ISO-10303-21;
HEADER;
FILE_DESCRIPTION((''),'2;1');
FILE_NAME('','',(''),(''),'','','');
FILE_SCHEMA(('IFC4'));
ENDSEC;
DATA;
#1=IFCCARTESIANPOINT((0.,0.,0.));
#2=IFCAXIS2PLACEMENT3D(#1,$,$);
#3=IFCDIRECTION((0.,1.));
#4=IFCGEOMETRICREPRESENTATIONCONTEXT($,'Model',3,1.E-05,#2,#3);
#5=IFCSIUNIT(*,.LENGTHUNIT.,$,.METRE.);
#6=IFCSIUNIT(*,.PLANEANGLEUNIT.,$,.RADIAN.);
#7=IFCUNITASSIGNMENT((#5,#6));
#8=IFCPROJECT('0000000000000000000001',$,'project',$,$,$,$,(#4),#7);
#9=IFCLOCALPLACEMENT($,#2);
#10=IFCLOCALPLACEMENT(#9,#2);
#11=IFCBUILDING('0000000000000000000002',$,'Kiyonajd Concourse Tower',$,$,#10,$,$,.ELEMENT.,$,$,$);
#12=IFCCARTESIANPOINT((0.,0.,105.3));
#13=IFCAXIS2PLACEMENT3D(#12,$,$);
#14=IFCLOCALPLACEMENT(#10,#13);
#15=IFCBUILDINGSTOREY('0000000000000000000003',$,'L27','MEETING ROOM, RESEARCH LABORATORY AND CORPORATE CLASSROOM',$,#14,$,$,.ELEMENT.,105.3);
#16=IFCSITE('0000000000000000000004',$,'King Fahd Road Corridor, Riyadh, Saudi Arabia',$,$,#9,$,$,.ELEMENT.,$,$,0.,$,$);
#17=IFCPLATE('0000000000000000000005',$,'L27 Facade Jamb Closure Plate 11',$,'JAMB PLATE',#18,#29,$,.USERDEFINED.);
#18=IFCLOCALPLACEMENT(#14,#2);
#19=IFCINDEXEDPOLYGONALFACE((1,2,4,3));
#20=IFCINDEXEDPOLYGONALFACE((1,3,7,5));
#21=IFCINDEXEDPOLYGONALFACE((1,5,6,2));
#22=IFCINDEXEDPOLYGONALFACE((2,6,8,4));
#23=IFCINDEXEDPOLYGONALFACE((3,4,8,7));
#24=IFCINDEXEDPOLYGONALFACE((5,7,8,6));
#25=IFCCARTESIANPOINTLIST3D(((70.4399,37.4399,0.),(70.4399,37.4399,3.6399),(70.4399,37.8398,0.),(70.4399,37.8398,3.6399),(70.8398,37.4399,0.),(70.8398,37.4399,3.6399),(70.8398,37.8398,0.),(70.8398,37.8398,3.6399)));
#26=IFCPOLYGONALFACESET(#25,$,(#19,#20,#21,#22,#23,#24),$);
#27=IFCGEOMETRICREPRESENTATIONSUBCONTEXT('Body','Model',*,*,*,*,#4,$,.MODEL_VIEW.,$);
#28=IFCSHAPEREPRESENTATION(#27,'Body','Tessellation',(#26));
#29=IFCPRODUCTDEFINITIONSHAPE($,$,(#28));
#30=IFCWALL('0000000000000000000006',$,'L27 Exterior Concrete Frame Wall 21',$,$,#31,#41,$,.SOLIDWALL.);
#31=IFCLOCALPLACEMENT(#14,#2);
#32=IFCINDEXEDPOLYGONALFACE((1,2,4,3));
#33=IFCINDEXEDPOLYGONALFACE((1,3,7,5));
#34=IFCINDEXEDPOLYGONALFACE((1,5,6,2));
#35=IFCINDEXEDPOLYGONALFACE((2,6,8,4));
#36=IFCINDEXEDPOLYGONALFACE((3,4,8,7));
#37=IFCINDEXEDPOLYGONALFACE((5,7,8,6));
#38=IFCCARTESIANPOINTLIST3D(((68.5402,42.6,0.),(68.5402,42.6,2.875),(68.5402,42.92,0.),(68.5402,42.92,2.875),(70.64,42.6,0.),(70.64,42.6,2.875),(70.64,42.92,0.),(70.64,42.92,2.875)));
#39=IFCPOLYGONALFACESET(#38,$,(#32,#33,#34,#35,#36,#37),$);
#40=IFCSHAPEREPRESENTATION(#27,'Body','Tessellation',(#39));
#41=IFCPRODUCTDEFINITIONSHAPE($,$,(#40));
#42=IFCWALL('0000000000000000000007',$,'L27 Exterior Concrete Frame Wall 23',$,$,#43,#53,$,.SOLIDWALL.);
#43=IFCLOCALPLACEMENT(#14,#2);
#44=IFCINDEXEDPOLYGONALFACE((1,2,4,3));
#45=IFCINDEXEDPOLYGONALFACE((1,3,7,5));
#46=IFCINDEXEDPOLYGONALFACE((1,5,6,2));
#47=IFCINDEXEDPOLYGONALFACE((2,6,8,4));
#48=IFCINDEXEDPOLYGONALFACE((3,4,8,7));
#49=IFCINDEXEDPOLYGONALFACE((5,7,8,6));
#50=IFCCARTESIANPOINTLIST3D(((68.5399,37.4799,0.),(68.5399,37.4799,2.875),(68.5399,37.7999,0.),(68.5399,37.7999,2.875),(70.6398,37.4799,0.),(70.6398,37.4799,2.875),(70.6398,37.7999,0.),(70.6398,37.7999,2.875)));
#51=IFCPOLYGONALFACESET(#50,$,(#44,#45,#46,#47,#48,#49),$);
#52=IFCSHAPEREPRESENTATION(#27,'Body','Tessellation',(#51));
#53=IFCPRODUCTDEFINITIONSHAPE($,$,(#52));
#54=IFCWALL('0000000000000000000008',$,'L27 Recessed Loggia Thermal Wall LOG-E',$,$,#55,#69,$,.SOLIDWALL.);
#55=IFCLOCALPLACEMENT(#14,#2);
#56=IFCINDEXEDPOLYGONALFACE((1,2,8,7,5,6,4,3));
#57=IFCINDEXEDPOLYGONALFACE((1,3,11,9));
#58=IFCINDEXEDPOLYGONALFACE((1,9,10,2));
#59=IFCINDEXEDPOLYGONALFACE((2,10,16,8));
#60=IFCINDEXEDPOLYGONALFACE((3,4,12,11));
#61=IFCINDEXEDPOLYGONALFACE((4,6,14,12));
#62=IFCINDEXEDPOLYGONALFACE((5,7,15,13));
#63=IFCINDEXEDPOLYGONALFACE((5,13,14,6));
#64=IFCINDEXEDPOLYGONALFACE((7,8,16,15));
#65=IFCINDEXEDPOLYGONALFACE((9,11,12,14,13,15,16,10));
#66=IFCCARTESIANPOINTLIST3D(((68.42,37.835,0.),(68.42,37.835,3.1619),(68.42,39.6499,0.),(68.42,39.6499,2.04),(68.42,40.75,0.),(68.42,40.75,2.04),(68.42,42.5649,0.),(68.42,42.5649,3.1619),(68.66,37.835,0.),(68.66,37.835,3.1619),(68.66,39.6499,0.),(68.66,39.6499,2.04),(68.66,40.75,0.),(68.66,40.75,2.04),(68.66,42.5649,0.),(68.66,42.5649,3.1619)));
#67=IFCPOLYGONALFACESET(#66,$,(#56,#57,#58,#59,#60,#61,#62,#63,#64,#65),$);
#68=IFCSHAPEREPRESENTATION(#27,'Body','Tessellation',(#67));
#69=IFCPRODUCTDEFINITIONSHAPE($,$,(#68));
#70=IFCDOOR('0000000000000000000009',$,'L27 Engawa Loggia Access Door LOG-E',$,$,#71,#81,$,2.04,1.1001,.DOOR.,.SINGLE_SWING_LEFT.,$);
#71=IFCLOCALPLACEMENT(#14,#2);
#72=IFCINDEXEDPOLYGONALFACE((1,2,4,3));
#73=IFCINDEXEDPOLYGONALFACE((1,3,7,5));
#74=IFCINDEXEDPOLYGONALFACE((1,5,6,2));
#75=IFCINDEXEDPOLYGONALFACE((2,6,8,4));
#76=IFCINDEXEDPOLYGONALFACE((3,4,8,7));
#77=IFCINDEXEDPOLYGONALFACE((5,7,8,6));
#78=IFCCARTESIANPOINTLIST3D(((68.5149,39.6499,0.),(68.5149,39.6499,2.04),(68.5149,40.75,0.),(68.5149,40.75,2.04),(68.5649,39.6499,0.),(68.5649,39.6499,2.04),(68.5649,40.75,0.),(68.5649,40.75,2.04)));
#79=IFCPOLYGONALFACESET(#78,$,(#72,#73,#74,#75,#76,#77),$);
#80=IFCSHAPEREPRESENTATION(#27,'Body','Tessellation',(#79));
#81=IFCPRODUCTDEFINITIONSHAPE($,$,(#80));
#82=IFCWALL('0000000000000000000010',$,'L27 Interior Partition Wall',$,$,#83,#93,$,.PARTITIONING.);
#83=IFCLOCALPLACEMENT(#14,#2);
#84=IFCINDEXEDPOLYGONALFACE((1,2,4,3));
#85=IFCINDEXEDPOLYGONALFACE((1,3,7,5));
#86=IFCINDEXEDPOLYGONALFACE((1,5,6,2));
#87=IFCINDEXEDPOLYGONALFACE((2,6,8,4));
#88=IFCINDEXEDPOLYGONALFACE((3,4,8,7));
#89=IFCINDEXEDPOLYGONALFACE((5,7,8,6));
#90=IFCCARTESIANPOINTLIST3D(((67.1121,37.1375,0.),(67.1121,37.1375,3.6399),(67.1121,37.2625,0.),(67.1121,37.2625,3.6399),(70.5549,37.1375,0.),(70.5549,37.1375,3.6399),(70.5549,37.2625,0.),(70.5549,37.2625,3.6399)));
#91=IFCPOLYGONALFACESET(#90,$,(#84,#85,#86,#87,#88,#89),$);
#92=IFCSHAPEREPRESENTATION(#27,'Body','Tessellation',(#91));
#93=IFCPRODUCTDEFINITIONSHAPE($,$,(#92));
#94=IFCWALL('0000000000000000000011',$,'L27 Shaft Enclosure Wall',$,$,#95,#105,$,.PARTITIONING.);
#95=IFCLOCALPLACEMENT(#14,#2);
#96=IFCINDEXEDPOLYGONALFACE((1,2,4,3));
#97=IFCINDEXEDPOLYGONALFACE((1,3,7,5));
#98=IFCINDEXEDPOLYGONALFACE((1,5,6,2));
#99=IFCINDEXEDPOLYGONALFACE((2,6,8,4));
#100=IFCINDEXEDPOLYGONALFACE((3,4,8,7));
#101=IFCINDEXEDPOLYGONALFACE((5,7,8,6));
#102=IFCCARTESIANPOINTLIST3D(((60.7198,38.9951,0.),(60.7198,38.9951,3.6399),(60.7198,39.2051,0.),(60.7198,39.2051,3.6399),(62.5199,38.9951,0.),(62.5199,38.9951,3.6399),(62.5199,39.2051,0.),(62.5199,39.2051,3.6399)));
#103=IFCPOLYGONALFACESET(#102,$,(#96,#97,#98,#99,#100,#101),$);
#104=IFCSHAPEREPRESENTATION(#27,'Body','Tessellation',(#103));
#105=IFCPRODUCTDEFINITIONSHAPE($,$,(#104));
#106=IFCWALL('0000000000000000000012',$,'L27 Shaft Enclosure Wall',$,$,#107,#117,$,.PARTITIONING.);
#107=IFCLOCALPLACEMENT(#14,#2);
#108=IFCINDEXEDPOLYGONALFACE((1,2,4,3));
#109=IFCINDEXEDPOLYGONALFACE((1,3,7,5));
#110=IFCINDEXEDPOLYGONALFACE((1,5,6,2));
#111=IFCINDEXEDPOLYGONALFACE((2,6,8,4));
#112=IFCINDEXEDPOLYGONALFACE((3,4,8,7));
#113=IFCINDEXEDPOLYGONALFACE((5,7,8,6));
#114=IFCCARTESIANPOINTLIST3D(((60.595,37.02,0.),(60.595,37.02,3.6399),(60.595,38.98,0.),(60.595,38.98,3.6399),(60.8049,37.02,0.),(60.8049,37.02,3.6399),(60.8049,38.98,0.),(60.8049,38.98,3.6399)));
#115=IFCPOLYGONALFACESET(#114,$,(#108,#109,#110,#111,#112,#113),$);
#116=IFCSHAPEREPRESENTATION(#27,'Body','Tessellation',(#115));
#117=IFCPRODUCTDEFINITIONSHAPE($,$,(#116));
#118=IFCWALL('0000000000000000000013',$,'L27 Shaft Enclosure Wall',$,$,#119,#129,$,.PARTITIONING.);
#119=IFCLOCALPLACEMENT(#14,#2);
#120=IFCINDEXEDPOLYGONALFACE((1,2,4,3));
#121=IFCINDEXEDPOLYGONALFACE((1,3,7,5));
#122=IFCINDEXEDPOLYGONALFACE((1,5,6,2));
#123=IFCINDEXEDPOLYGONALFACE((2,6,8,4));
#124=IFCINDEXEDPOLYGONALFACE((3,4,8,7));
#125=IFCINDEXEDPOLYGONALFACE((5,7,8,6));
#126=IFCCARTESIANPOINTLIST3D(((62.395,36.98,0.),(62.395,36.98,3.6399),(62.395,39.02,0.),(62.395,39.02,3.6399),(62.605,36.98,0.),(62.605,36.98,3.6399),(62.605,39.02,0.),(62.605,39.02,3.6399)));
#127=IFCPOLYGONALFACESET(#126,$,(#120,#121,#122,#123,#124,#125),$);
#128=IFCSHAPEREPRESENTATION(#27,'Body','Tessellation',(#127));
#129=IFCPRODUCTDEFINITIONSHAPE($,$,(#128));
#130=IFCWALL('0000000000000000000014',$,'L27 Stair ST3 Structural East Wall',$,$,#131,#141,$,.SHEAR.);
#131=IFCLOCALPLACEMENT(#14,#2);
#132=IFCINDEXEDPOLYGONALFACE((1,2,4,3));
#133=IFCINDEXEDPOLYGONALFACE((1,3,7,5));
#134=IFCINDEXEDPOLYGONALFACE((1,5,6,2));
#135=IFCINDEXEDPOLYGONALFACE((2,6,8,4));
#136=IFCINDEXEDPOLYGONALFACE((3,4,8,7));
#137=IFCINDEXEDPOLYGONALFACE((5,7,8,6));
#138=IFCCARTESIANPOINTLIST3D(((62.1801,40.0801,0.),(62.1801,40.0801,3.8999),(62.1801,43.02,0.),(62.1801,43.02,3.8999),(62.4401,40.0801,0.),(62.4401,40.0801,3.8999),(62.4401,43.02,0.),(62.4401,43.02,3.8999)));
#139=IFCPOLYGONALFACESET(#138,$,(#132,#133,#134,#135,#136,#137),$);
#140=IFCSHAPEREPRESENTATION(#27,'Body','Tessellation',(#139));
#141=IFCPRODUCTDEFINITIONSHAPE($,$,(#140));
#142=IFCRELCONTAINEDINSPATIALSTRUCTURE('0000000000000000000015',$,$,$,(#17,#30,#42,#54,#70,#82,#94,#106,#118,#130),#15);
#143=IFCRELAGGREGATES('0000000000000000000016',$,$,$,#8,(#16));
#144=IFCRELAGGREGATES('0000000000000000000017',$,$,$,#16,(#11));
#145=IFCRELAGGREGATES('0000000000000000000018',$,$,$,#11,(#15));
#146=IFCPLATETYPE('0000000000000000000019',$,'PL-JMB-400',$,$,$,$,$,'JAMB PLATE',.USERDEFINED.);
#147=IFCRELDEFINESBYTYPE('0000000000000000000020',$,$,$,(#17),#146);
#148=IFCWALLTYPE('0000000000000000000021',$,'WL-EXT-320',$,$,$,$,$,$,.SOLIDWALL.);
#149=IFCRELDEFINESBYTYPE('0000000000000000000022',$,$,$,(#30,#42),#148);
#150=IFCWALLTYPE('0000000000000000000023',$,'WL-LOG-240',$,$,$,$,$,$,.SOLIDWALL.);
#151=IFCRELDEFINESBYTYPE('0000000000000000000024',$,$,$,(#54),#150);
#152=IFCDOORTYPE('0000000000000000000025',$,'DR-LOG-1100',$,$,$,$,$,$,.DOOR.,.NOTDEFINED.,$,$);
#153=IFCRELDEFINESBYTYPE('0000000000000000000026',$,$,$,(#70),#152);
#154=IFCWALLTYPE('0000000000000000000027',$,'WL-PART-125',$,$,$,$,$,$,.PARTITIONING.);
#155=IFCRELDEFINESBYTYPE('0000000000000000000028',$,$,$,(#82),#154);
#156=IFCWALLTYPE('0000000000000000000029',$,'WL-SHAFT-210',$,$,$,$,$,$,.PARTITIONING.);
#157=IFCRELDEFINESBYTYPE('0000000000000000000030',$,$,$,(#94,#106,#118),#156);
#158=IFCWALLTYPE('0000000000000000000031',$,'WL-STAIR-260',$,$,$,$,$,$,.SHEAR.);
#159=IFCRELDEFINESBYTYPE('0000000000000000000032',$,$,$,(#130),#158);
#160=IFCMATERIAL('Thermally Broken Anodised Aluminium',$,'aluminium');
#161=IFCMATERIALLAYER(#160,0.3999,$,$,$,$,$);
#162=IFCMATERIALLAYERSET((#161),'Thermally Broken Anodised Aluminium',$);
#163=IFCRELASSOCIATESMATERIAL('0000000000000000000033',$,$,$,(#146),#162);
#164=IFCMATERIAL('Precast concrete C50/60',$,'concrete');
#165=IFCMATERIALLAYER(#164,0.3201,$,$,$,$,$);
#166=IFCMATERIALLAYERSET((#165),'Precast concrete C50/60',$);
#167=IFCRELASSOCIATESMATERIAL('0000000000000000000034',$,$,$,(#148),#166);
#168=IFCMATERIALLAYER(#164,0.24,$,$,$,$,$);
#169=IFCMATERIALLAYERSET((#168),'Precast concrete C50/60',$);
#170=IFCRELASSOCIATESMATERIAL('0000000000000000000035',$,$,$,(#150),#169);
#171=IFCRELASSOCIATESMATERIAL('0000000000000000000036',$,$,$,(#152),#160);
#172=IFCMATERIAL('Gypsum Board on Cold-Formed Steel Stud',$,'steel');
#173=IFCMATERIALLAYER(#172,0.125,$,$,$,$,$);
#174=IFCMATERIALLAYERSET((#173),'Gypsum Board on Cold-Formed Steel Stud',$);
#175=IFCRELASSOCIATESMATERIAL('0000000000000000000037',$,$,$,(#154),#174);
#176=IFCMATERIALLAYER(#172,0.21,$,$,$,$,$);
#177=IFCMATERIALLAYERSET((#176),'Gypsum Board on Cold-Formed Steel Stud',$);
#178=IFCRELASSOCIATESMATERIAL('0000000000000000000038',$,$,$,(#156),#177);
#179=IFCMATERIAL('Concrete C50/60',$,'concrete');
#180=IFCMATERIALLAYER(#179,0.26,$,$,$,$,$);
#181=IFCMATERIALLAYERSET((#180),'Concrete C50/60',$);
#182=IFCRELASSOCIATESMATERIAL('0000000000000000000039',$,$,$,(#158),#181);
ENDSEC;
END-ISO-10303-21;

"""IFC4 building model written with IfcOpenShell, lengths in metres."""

from ifc_helpers import new_model, si_unit, direction, frame, frame_2d, origin, origin_2d, place, context, subcontext, project, spatial, rectangle, extrude, material, layer, layer_set, type_object, element, fill, save


model = new_model("IFC4")

# Units and contexts
model_context = context("Model", 3, precision=1e-05, world=origin(), true_north=direction((0.0, 1.0)))
body_context = subcontext(model_context, "Body", "Model", "MODEL_VIEW")
ifc_project = project(units=[si_unit("LENGTHUNIT", "METRE"), si_unit("PLANEANGLEUNIT", "RADIAN")], contexts=[model_context])

# Site, building, storey
site_placement = place(None, origin())
site = spatial("IfcSite", under=ifc_project, at=site_placement, Name="King Fahd Road Corridor, Riyadh, Saudi Arabia", CompositionType="ELEMENT", RefElevation=0.0)
building_placement = place(site_placement, origin())
building = spatial("IfcBuilding", under=site, at=building_placement, Name="Kiyonajd Concourse Tower", CompositionType="ELEMENT")
storey_placement = place(building_placement, frame((0.0, 0.0, 105.3)))
storey = spatial("IfcBuildingStorey", under=building, at=storey_placement, Name="L27", Description="MEETING ROOM, RESEARCH LABORATORY AND CORPORATE CLASSROOM", CompositionType="ELEMENT", Elevation=105.3)

# Shared definitions
ifc_material_1 = material(Name="Precast concrete C50/60", Category="concrete")

# Shared definitions
ifc_material_2 = material(Name="Thermally Broken Anodised Aluminium", Category="aluminium")

# Plate
ifc_layer_1 = layer(ifc_material_2, 0.3999)
ifc_layer_set_1 = layer_set([ifc_layer_1], Name="Thermally Broken Anodised Aluminium")
plate_type_1 = type_object("IfcPlateType", Name="PL-JMB-400", ElementType="JAMB PLATE", PredefinedType="USERDEFINED", material=ifc_layer_set_1)
for number, where, z_axis, x_axis, name in (
    (1, (70.6399, 37.6399, 0.0), (0.0, 0.0, 1.0), (1.0, 0.0, 0.0), "L27 Facade Jamb Closure Plate 11"),
):
    element("IfcPlate", number, at=place(storey_placement, frame(where, z_axis=z_axis, x_axis=x_axis)), inside=storey, type_object=plate_type_1, Name=name, ObjectType="JAMB PLATE", PredefinedType="USERDEFINED", context=body_context, shape_type="SweptSolid", body=[
        extrude(rectangle(XDim=0.3999, YDim=0.3999, at=origin_2d()), origin(), (0.0, 0.0, 1.0), 3.6399),
    ])

# Walls
ifc_layer_2 = layer(ifc_material_1, 0.3201)
ifc_layer_set_2 = layer_set([ifc_layer_2], Name="Precast concrete C50/60")
wall_type_1 = type_object("IfcWallType", Name="WL-EXT-320", PredefinedType="SOLIDWALL", material=ifc_layer_set_2)
for number, where, z_axis, x_axis, name in (
    (2, (70.6399, 42.76, 0.0), (0.0, 0.0, 1.0), (-1.0, 0.0, 0.0), "L27 Exterior Concrete Frame Wall 21"),
    (3, (68.54, 37.6399, 0.0), (0.0, 0.0, 1.0), (1.0, 0.0, 0.0), "L27 Exterior Concrete Frame Wall 23"),
):
    element("IfcWall", number, at=place(storey_placement, frame(where, z_axis=z_axis, x_axis=x_axis)), inside=storey, type_object=wall_type_1, Name=name, PredefinedType="SOLIDWALL", context=body_context, shape_type="SweptSolid", body=[
        extrude(rectangle(XDim=2.0999, YDim=0.3201, at=frame_2d((1.0498, 0.0))), origin(), (0.0, 0.0, 1.0), 2.875),
    ])

# Wall, opening, door
ifc_layer_3 = layer(ifc_material_1, 0.24)
ifc_layer_set_3 = layer_set([ifc_layer_3], Name="Precast concrete C50/60")
wall_type_2 = type_object("IfcWallType", Name="WL-LOG-240", PredefinedType="SOLIDWALL", material=ifc_layer_set_3)
wall_1_placement = place(storey_placement, frame((68.54, 42.5649, 0.0), z_axis=(0.0, 0.0, 1.0), x_axis=(0.0, -1.0, 0.0)))
wall_1 = element("IfcWall", 4, at=wall_1_placement, inside=storey, type_object=wall_type_2, Name="L27 Recessed Loggia Thermal Wall LOG-E", PredefinedType="SOLIDWALL", context=body_context, shape_type="SweptSolid", body=[
    extrude(rectangle(XDim=4.73, YDim=0.24, at=frame_2d((2.365, 0.0))), origin(), (0.0, 0.0, 1.0), 3.1619),
])
opening_placement = place(wall_1_placement, frame((1.8149, 0.0, 0.0)))
opening = element("IfcOpeningElement", 5, at=opening_placement, cuts=wall_1, PredefinedType="OPENING", context=body_context, shape_type="SweptSolid", body=[
    extrude(rectangle(XDim=1.1001, YDim=2.04, at=frame_2d((0.55, 1.02))), frame((0.0, 0.1299, 0.0), z_axis=(0.0, -1.0, 0.0), x_axis=(1.0, 0.0, 0.0)), (0.0, 0.0, 1.0), 0.26),
])
door_type = type_object("IfcDoorType", Name="DR-LOG-1100", OperationType="NOTDEFINED", PredefinedType="DOOR", material=ifc_material_2)
door_placement = place(opening_placement, origin())
door = element("IfcDoor", 6, at=door_placement, inside=storey, type_object=door_type, Name="L27 Engawa Loggia Access Door LOG-E", OperationType="SINGLE_SWING_LEFT", OverallHeight=2.04, OverallWidth=1.1001, PredefinedType="DOOR", context=body_context, shape_type="SweptSolid", body=[
    extrude(rectangle(XDim=1.1001, YDim=2.04, at=frame_2d((0.55, 1.02))), frame((0.0, 0.0249, 0.0), z_axis=(0.0, -1.0, 0.0), x_axis=(1.0, 0.0, 0.0)), (0.0, 0.0, 1.0), 0.05),
])
fill(opening, door)

# Walls
ifc_material_3 = material(Name="Gypsum Board on Cold-Formed Steel Stud", Category="steel")
ifc_layer_4 = layer(ifc_material_3, 0.125)
ifc_layer_set_4 = layer_set([ifc_layer_4], Name="Gypsum Board on Cold-Formed Steel Stud")
wall_type_3 = type_object("IfcWallType", Name="WL-PART-125", PredefinedType="PARTITIONING", material=ifc_layer_set_4)
wall_2_placement = place(storey_placement, frame((67.1121, 37.2, 0.0), z_axis=(0.0, 0.0, 1.0), x_axis=(1.0, 0.0, 0.0)))
element("IfcWall", 7, at=wall_2_placement, inside=storey, type_object=wall_type_3, Name="L27 Interior Partition Wall", PredefinedType="PARTITIONING", context=body_context, shape_type="SweptSolid", body=[
    extrude(rectangle(XDim=3.4429, YDim=0.125, at=frame_2d((1.7214, 0.0))), origin(), (0.0, 0.0, 1.0), 3.6399),
])
ifc_layer_5 = layer(ifc_material_3, 0.21)
ifc_layer_set_5 = layer_set([ifc_layer_5], Name="Gypsum Board on Cold-Formed Steel Stud")
wall_type_4 = type_object("IfcWallType", Name="WL-SHAFT-210", PredefinedType="PARTITIONING", material=ifc_layer_set_5)
wall_3_placement = place(storey_placement, frame((60.72, 39.1001, 0.0), z_axis=(0.0, 0.0, 1.0), x_axis=(1.0, 0.0, 0.0)))
element("IfcWall", 8, at=wall_3_placement, inside=storey, type_object=wall_type_4, Name="L27 Shaft Enclosure Wall", PredefinedType="PARTITIONING", context=body_context, shape_type="SweptSolid", body=[
    extrude(rectangle(XDim=1.8, YDim=0.21, at=frame_2d((0.8999, 0.0))), origin(), (0.0, 0.0, 1.0), 3.6399),
])
wall_4_placement = place(storey_placement, frame((60.7, 37.02, 0.0), z_axis=(0.0, 0.0, 1.0), x_axis=(0.0, 1.0, 0.0)))
element("IfcWall", 9, at=wall_4_placement, inside=storey, type_object=wall_type_4, Name="L27 Shaft Enclosure Wall", PredefinedType="PARTITIONING", context=body_context, shape_type="SweptSolid", body=[
    extrude(rectangle(XDim=1.96, YDim=0.21, at=frame_2d((0.98, 0.0))), origin(), (0.0, 0.0, 1.0), 3.6399),
])
wall_5_placement = place(storey_placement, frame((62.5, 36.98, 0.0), z_axis=(0.0, 0.0, 1.0), x_axis=(0.0, 1.0, 0.0)))
element("IfcWall", 10, at=wall_5_placement, inside=storey, type_object=wall_type_4, Name="L27 Shaft Enclosure Wall", PredefinedType="PARTITIONING", context=body_context, shape_type="SweptSolid", body=[
    extrude(rectangle(XDim=2.04, YDim=0.21, at=frame_2d((1.02, 0.0))), origin(), (0.0, 0.0, 1.0), 3.6399),
])
ifc_material_4 = material(Name="Concrete C50/60", Category="concrete")
ifc_layer_6 = layer(ifc_material_4, 0.26)
ifc_layer_set_6 = layer_set([ifc_layer_6], Name="Concrete C50/60")
wall_type_5 = type_object("IfcWallType", Name="WL-STAIR-260", PredefinedType="SHEAR", material=ifc_layer_set_6)
wall_6_placement = place(storey_placement, frame((62.3101, 40.0801, 0.0), z_axis=(0.0, 0.0, 1.0), x_axis=(0.0, 1.0, 0.0)))
element("IfcWall", 11, at=wall_6_placement, inside=storey, type_object=wall_type_5, Name="L27 Stair ST3 Structural East Wall", PredefinedType="SHEAR", context=body_context, shape_type="SweptSolid", body=[
    extrude(rectangle(XDim=2.9399, YDim=0.26, at=frame_2d((1.47, 0.0))), origin(), (0.0, 0.0, 1.0), 3.8999),
])

save(model, "model.ifc")
